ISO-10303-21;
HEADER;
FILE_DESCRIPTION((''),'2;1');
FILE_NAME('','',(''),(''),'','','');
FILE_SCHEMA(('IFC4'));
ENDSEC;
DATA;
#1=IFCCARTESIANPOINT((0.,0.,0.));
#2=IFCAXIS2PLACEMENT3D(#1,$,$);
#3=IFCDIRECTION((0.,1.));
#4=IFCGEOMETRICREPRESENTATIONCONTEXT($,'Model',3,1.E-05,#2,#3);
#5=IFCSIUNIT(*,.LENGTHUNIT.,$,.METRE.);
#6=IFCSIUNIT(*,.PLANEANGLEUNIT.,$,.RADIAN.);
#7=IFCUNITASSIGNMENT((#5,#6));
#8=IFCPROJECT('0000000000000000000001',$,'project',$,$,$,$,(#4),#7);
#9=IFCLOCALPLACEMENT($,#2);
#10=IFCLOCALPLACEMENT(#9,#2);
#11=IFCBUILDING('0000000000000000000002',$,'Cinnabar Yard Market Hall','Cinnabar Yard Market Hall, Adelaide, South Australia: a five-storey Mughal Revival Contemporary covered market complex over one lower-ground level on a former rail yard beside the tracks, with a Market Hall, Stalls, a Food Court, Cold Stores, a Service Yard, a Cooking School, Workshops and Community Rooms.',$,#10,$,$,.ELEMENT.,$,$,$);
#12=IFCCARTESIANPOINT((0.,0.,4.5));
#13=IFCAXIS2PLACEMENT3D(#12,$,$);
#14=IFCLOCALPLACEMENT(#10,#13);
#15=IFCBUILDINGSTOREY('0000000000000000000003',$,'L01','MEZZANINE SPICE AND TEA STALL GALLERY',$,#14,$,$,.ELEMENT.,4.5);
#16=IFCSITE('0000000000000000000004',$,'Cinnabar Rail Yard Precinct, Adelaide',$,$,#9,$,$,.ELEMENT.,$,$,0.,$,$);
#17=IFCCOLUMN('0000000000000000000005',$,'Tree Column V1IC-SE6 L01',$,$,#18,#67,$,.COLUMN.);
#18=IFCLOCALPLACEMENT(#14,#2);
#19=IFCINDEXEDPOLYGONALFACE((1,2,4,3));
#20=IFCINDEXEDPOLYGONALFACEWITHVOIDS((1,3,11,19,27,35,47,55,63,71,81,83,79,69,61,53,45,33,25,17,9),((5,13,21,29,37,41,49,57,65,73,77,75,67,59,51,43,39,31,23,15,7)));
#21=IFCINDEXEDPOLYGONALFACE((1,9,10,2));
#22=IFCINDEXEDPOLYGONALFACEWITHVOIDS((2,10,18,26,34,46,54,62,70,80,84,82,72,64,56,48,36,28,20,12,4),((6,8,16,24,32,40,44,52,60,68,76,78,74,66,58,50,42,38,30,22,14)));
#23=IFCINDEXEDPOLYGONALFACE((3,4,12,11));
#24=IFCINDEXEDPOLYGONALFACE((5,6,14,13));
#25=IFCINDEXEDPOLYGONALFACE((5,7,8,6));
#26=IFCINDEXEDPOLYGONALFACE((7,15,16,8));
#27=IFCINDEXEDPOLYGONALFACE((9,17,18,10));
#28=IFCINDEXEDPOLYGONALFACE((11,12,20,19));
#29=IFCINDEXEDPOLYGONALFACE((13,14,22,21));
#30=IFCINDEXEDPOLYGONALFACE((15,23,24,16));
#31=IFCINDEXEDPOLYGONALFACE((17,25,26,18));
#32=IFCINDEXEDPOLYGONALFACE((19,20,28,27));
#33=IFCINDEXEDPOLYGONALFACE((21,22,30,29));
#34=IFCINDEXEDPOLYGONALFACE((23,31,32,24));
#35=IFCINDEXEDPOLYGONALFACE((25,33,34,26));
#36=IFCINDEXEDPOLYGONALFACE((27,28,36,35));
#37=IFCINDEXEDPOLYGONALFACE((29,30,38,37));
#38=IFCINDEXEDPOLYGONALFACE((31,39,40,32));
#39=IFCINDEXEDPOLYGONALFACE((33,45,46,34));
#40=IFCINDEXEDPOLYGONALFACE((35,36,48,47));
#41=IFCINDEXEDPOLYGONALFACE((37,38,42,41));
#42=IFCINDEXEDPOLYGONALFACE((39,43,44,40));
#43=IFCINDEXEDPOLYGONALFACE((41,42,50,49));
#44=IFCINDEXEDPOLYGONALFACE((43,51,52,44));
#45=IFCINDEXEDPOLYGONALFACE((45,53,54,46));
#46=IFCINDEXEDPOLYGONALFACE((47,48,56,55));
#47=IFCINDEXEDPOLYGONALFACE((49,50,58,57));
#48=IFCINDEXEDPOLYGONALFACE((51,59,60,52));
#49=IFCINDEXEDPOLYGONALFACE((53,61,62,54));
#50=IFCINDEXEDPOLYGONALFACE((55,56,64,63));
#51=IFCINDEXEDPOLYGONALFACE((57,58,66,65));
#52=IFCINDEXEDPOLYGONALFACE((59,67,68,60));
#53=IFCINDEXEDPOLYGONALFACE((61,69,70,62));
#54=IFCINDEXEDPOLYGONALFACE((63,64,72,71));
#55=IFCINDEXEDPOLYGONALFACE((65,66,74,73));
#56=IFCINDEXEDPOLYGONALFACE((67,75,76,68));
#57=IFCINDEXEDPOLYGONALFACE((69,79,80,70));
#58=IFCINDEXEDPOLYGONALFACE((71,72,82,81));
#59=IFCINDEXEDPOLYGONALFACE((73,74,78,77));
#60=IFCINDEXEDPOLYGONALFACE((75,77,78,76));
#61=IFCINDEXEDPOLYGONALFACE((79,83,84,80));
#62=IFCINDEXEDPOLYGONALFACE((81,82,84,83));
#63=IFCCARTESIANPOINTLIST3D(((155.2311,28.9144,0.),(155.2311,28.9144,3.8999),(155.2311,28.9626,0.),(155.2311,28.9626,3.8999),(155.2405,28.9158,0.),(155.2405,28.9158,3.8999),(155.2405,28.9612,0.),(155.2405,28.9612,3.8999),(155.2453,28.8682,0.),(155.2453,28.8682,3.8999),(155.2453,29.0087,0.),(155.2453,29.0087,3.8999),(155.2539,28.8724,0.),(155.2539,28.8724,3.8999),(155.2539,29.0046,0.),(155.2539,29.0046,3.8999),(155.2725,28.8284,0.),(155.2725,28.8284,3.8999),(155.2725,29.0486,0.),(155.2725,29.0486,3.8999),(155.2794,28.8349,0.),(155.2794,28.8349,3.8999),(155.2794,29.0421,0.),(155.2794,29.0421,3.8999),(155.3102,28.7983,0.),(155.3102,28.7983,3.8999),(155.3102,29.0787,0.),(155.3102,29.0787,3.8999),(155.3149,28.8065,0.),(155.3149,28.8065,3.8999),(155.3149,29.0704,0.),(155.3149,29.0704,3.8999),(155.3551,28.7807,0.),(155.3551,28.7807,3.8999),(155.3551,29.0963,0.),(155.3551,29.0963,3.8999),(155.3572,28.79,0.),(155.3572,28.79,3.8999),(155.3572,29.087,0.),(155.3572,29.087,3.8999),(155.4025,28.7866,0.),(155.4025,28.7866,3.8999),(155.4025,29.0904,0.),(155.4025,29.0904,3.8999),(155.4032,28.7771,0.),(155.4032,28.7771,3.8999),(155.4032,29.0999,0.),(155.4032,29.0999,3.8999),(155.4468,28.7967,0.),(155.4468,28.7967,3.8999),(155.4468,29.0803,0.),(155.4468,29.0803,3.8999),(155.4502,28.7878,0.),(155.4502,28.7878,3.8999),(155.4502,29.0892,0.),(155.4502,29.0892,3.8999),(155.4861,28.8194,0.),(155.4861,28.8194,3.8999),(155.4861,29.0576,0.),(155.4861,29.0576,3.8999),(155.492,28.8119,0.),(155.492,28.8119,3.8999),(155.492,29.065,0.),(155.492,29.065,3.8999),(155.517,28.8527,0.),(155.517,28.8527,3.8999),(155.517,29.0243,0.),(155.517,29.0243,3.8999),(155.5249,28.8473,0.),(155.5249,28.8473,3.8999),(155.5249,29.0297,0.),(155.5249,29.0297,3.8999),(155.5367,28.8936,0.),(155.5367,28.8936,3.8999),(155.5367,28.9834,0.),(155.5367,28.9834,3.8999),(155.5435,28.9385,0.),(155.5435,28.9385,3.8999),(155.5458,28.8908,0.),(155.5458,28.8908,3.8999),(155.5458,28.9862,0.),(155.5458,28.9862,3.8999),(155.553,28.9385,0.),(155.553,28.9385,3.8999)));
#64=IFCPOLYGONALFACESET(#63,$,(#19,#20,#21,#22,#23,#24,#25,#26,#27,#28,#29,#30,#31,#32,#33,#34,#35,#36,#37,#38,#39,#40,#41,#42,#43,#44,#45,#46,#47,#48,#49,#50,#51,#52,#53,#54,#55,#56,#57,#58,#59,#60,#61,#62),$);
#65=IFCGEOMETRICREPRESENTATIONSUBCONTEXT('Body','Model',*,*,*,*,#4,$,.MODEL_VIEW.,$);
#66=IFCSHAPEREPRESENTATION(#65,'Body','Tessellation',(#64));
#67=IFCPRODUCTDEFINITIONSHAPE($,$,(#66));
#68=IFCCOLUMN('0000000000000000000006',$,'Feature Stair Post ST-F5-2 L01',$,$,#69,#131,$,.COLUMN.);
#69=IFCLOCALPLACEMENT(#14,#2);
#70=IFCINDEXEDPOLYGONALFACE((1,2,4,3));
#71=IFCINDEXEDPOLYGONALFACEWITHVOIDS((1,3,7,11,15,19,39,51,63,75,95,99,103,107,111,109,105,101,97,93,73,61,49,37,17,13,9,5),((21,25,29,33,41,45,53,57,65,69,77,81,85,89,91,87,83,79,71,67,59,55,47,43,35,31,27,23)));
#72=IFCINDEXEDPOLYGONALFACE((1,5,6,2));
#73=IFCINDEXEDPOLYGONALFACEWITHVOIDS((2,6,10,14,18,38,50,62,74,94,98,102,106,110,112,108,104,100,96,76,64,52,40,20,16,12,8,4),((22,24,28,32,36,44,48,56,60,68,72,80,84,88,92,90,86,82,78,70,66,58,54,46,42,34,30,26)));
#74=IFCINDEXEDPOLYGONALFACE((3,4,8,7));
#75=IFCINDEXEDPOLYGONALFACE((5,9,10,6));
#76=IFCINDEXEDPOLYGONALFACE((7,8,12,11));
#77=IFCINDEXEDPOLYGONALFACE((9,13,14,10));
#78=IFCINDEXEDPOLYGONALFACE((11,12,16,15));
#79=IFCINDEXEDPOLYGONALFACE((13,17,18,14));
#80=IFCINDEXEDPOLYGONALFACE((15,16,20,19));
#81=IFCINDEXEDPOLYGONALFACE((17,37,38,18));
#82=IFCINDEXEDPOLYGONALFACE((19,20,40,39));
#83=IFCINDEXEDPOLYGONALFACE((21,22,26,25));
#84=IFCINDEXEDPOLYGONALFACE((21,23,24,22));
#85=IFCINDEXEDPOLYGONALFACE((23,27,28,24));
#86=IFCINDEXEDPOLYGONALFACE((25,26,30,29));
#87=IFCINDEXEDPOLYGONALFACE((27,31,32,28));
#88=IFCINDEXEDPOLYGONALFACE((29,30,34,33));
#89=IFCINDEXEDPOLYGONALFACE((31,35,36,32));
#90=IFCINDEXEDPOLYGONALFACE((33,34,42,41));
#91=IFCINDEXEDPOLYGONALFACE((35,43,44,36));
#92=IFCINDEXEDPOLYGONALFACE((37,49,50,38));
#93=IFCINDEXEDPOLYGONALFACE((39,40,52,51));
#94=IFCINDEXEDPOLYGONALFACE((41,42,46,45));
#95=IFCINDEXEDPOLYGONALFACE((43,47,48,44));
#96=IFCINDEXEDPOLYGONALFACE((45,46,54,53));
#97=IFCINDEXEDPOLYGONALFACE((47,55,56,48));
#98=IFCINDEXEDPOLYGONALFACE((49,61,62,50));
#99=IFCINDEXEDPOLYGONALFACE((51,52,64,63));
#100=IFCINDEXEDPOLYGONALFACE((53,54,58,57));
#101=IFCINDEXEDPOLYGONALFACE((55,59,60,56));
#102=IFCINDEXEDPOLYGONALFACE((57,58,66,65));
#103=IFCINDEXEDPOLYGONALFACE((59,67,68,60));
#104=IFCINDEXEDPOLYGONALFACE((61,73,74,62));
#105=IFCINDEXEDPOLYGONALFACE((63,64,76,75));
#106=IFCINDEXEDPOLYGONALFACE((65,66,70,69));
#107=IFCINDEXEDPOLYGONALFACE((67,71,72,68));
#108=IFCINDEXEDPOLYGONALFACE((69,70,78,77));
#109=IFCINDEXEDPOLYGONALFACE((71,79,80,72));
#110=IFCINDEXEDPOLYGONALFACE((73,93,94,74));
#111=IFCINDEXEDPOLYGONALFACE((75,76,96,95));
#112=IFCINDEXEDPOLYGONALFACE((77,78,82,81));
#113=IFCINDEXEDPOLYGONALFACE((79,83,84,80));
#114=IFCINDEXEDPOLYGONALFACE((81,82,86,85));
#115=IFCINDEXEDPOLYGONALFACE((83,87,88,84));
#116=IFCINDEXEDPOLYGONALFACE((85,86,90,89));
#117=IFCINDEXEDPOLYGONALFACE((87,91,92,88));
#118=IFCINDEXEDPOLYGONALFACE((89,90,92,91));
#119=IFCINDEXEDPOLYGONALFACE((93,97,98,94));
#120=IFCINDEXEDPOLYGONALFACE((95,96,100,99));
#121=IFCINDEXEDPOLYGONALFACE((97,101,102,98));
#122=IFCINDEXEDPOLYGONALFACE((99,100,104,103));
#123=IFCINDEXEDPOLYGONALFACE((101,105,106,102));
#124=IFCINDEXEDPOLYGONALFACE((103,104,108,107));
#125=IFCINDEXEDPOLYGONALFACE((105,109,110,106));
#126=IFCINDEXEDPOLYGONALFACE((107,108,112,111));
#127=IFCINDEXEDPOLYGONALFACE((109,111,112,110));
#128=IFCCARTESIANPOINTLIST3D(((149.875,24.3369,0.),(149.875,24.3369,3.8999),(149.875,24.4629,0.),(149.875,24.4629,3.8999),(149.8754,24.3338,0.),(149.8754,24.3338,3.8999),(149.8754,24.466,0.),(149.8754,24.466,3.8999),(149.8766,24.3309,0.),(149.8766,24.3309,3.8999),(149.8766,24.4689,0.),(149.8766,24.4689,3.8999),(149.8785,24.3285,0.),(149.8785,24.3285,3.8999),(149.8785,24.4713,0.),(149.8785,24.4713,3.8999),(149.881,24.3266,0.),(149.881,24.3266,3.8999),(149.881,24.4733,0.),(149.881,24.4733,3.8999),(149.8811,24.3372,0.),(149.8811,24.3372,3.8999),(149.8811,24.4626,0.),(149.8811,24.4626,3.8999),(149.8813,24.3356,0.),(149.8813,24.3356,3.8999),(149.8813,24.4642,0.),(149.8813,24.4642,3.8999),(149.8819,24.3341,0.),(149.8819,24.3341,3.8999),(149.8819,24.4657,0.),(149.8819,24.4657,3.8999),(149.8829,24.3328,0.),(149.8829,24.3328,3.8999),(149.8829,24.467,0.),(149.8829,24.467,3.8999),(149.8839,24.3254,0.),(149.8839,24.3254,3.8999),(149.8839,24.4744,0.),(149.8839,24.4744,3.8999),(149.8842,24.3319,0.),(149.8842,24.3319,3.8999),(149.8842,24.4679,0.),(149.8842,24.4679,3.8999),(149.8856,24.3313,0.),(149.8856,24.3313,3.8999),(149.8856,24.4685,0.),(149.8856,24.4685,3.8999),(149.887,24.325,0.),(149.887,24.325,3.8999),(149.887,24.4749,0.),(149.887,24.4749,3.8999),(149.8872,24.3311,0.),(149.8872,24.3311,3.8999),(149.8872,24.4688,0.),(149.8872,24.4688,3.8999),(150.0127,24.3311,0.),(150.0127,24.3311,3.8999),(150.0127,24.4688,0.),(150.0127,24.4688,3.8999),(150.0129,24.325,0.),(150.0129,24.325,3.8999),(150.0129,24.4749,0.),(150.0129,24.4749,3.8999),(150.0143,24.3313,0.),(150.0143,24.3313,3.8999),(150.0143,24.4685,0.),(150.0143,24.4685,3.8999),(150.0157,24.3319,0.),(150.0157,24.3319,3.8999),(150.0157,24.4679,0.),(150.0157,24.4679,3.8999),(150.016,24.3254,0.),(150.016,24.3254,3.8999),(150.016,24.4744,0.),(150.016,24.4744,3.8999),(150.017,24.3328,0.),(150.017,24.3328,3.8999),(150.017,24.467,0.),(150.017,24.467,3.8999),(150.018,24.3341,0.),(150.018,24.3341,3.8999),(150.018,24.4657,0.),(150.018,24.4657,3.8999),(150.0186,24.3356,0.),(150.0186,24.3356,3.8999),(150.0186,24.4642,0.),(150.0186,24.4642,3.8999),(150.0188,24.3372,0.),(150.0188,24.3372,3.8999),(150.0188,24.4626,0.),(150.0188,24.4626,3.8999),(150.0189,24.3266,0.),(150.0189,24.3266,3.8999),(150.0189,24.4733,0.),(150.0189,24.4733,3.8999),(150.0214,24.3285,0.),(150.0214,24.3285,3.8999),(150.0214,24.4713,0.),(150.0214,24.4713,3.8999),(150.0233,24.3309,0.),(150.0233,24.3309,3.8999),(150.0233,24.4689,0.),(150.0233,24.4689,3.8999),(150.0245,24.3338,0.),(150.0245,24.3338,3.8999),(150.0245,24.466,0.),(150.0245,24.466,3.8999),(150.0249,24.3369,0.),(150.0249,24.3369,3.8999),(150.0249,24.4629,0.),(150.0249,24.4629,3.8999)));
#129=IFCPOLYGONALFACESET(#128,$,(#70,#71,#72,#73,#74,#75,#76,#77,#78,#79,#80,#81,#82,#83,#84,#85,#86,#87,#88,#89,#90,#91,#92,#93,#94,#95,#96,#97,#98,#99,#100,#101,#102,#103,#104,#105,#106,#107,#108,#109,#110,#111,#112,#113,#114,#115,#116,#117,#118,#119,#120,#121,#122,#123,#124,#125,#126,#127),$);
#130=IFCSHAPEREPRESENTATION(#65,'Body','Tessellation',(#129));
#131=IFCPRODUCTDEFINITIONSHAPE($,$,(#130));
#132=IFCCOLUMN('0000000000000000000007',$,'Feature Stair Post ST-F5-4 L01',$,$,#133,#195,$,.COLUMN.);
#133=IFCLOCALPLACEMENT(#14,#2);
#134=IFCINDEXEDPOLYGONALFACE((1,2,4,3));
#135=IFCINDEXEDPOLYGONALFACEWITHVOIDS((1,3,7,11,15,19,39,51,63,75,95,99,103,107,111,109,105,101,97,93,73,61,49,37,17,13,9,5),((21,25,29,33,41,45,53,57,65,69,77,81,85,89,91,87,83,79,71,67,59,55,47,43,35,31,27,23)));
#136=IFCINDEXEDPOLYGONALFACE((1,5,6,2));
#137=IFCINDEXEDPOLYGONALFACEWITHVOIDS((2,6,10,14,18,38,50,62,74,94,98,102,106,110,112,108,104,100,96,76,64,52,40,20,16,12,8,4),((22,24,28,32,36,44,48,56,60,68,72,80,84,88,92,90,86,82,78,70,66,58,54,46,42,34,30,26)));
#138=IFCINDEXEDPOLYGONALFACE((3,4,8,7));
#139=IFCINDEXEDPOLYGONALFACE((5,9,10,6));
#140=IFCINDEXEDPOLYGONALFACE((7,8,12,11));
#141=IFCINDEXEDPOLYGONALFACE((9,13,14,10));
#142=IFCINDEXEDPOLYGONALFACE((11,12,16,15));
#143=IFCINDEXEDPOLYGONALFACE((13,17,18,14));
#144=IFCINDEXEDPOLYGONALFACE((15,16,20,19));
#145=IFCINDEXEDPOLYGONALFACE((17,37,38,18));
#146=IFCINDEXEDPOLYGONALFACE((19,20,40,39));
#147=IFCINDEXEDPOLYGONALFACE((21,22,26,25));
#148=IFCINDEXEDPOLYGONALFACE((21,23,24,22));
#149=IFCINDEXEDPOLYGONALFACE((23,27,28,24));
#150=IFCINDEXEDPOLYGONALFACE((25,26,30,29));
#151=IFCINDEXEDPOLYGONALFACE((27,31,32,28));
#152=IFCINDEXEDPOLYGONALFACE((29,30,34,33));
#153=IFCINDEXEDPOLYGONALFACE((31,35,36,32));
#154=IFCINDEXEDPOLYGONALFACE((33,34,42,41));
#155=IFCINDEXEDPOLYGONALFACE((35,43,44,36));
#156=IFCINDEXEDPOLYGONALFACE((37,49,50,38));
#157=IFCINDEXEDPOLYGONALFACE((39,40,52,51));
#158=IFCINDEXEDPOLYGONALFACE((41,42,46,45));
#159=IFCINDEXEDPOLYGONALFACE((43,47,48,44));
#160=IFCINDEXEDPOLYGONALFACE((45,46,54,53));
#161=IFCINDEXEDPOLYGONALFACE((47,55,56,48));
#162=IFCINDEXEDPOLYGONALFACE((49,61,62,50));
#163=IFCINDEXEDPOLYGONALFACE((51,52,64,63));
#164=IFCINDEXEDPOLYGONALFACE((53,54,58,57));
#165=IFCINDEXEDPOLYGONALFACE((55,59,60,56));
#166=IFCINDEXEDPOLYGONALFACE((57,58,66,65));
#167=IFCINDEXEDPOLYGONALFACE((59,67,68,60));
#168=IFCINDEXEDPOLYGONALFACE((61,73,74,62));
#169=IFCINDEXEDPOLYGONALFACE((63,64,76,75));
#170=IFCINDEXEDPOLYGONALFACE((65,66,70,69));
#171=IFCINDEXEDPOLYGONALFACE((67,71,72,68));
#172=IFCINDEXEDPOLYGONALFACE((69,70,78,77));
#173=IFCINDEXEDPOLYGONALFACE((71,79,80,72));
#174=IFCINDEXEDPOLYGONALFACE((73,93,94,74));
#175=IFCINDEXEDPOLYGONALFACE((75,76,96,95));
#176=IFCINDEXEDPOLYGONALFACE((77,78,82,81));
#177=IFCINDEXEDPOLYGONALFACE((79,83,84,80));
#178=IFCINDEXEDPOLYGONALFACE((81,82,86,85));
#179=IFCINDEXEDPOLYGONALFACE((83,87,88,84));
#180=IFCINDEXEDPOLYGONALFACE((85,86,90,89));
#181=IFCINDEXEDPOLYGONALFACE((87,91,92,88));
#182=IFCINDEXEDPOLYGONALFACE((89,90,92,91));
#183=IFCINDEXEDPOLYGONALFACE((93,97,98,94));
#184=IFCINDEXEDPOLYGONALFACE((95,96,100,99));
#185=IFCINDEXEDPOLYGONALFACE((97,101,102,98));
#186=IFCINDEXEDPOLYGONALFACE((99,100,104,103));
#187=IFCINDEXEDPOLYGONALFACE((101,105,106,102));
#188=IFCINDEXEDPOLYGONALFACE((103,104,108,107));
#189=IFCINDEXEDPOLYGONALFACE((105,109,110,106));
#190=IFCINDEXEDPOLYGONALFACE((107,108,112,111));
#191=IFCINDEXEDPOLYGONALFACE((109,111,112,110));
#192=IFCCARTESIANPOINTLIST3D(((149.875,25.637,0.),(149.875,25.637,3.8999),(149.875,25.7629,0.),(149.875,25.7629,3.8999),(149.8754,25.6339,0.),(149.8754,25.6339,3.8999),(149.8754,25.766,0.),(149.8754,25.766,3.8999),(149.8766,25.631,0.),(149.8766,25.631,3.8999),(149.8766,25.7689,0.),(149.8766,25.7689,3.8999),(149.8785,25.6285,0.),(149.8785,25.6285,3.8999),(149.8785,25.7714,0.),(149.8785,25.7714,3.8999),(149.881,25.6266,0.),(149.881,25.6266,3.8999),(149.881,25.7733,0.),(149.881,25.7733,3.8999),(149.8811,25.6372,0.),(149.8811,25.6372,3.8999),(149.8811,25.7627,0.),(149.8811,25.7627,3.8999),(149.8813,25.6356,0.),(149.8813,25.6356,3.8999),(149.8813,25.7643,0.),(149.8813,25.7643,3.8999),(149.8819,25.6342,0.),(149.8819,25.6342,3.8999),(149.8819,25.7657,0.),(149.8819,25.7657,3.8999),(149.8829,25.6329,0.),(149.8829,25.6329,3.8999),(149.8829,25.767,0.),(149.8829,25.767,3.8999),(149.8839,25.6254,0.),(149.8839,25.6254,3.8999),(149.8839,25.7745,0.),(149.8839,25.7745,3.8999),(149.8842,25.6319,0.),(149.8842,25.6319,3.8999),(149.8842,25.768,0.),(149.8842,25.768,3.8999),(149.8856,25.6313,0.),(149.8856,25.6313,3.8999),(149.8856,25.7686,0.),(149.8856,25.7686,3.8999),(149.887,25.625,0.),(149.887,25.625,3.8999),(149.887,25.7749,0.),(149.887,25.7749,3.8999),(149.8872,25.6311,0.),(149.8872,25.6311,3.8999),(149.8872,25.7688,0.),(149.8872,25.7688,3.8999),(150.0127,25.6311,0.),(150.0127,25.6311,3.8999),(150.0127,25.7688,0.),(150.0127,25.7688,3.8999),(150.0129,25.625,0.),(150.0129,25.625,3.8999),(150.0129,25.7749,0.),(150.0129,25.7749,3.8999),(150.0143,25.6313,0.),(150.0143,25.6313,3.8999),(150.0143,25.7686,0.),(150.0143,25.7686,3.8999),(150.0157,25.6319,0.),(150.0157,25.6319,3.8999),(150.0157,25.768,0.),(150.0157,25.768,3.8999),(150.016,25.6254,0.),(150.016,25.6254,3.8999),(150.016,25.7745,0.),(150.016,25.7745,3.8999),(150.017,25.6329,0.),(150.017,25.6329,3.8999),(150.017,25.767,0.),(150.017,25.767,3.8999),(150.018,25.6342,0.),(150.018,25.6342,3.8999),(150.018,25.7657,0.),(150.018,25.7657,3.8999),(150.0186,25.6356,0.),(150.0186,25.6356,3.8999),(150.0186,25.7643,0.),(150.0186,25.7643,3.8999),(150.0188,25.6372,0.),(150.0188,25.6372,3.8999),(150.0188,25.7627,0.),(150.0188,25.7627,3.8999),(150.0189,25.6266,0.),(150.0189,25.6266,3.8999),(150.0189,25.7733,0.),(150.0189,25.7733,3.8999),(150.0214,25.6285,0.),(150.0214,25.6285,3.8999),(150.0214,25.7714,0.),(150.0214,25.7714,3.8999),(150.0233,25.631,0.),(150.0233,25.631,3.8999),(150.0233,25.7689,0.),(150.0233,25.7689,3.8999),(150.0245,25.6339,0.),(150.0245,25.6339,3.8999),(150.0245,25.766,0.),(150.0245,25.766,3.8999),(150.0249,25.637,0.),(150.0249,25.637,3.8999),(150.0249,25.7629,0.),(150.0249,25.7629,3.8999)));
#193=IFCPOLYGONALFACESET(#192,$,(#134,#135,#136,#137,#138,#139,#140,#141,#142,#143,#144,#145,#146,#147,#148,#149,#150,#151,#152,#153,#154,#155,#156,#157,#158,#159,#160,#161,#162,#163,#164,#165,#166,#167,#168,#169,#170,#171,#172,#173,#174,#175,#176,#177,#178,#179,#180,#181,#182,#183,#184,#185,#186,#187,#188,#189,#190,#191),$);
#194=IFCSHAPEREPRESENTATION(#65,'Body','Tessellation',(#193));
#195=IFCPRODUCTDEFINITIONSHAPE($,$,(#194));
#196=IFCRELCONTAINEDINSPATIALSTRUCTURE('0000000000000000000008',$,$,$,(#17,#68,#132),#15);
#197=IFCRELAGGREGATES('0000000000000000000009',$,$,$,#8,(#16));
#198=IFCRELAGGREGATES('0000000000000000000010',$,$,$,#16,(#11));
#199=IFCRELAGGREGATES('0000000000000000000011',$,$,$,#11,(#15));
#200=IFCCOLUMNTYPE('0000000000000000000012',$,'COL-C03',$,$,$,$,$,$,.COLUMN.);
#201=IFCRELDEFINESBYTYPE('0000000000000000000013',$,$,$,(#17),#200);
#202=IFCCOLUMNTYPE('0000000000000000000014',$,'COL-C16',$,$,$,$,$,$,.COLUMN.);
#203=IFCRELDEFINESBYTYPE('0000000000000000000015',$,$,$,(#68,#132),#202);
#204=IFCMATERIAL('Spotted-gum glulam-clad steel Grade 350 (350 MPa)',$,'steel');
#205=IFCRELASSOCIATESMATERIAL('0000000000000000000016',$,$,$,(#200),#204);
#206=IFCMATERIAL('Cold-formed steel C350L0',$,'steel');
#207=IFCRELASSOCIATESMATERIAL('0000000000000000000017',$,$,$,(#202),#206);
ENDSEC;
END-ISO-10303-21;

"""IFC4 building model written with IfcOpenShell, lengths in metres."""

from ifc_helpers import new_model, si_unit, direction, frame, origin, origin_2d_with_axis, place, context, subcontext, project, spatial, hollow_rectangle, hollow_circle, extrude, material, material_profile, profile_set, type_object, element, save


model = new_model("IFC4")

# Units and contexts
model_context = context("Model", 3, precision=1e-05, world=origin(), true_north=direction((0.0, 1.0)))
body_context = subcontext(model_context, "Body", "Model", "MODEL_VIEW")
ifc_project = project(units=[si_unit("LENGTHUNIT", "METRE"), si_unit("PLANEANGLEUNIT", "RADIAN")], contexts=[model_context])

# Site, building, storey
site_placement = place(None, origin())
site = spatial("IfcSite", under=ifc_project, at=site_placement, Name="Cinnabar Rail Yard Precinct, Adelaide", CompositionType="ELEMENT", RefElevation=0.0)
building_placement = place(site_placement, origin())
building = spatial("IfcBuilding", under=site, at=building_placement, Name="Cinnabar Yard Market Hall", Description="Cinnabar Yard Market Hall, Adelaide, South Australia: a five-storey Mughal Revival Contemporary covered market complex over one lower-ground level on a former rail yard beside the tracks, with a Market Hall, Stalls, a Food Court, Cold Stores, a Service Yard, a Cooking School, Workshops and Community Rooms.", CompositionType="ELEMENT")
storey_placement = place(building_placement, frame((0.0, 0.0, 4.5)))
storey = spatial("IfcBuildingStorey", under=building, at=storey_placement, Name="L01", Description="MEZZANINE SPICE AND TEA STALL GALLERY", CompositionType="ELEMENT", Elevation=4.5)

# Columns
ifc_material_1 = material(Name="Spotted-gum glulam-clad steel Grade 350 (350 MPa)", Category="steel")
ifc_material_profile_1 = material_profile(ifc_material_1, hollow_circle(Radius=0.1619, WallThickness=0.0095, at=origin_2d_with_axis()), Name="323.9x9.5CHS")
ifc_profile_set_1 = profile_set([ifc_material_profile_1], Name="Spotted-gum glulam-clad steel Grade 350 (350 MPa)")
column_type_1 = type_object("IfcColumnType", Name="COL-C03", PredefinedType="COLUMN", material=ifc_profile_set_1)
for number, where, z_axis, x_axis, name in (
    (1, (155.3911, 28.9385, 0.0), (0.0, 0.0, 1.0), (1.0, 0.0, 0.0), "Tree Column V1IC-SE6 L01"),
):
    element("IfcColumn", number, at=place(storey_placement, frame(where, z_axis=z_axis, x_axis=x_axis)), inside=storey, type_object=column_type_1, Name=name, PredefinedType="COLUMN", context=body_context, shape_type="SweptSolid", body=[
        extrude(hollow_circle(Radius=0.1619, WallThickness=0.0095, at=origin_2d_with_axis()), origin(), (0.0, 0.0, 1.0), 3.8999),
    ])
ifc_material_2 = material(Name="Cold-formed steel C350L0", Category="steel")
ifc_material_profile_2 = material_profile(ifc_material_2, hollow_rectangle(XDim=0.1499, YDim=0.1499, WallThickness=0.0061, InnerFilletRadius=0.0061, OuterFilletRadius=0.012, at=origin_2d_with_axis()), Name="150x150x6.0SHS")
ifc_profile_set_2 = profile_set([ifc_material_profile_2], Name="Cold-formed steel C350L0")
column_type_2 = type_object("IfcColumnType", Name="COL-C16", PredefinedType="COLUMN", material=ifc_profile_set_2)
for number, where, z_axis, x_axis, name in (
    (2, (149.95, 24.3999, 0.0), (0.0, 0.0, 1.0), (1.0, 0.0, 0.0), "Feature Stair Post ST-F5-2 L01"),
    (3, (149.95, 25.7, 0.0), (0.0, 0.0, 1.0), (1.0, 0.0, 0.0), "Feature Stair Post ST-F5-4 L01"),
):
    element("IfcColumn", number, at=place(storey_placement, frame(where, z_axis=z_axis, x_axis=x_axis)), inside=storey, type_object=column_type_2, Name=name, PredefinedType="COLUMN", context=body_context, shape_type="SweptSolid", body=[
        extrude(hollow_rectangle(XDim=0.1499, YDim=0.1499, WallThickness=0.0061, InnerFilletRadius=0.0061, OuterFilletRadius=0.012, at=origin_2d_with_axis()), origin(), (0.0, 0.0, 1.0), 3.8999),
    ])

save(model, "model.ifc")
